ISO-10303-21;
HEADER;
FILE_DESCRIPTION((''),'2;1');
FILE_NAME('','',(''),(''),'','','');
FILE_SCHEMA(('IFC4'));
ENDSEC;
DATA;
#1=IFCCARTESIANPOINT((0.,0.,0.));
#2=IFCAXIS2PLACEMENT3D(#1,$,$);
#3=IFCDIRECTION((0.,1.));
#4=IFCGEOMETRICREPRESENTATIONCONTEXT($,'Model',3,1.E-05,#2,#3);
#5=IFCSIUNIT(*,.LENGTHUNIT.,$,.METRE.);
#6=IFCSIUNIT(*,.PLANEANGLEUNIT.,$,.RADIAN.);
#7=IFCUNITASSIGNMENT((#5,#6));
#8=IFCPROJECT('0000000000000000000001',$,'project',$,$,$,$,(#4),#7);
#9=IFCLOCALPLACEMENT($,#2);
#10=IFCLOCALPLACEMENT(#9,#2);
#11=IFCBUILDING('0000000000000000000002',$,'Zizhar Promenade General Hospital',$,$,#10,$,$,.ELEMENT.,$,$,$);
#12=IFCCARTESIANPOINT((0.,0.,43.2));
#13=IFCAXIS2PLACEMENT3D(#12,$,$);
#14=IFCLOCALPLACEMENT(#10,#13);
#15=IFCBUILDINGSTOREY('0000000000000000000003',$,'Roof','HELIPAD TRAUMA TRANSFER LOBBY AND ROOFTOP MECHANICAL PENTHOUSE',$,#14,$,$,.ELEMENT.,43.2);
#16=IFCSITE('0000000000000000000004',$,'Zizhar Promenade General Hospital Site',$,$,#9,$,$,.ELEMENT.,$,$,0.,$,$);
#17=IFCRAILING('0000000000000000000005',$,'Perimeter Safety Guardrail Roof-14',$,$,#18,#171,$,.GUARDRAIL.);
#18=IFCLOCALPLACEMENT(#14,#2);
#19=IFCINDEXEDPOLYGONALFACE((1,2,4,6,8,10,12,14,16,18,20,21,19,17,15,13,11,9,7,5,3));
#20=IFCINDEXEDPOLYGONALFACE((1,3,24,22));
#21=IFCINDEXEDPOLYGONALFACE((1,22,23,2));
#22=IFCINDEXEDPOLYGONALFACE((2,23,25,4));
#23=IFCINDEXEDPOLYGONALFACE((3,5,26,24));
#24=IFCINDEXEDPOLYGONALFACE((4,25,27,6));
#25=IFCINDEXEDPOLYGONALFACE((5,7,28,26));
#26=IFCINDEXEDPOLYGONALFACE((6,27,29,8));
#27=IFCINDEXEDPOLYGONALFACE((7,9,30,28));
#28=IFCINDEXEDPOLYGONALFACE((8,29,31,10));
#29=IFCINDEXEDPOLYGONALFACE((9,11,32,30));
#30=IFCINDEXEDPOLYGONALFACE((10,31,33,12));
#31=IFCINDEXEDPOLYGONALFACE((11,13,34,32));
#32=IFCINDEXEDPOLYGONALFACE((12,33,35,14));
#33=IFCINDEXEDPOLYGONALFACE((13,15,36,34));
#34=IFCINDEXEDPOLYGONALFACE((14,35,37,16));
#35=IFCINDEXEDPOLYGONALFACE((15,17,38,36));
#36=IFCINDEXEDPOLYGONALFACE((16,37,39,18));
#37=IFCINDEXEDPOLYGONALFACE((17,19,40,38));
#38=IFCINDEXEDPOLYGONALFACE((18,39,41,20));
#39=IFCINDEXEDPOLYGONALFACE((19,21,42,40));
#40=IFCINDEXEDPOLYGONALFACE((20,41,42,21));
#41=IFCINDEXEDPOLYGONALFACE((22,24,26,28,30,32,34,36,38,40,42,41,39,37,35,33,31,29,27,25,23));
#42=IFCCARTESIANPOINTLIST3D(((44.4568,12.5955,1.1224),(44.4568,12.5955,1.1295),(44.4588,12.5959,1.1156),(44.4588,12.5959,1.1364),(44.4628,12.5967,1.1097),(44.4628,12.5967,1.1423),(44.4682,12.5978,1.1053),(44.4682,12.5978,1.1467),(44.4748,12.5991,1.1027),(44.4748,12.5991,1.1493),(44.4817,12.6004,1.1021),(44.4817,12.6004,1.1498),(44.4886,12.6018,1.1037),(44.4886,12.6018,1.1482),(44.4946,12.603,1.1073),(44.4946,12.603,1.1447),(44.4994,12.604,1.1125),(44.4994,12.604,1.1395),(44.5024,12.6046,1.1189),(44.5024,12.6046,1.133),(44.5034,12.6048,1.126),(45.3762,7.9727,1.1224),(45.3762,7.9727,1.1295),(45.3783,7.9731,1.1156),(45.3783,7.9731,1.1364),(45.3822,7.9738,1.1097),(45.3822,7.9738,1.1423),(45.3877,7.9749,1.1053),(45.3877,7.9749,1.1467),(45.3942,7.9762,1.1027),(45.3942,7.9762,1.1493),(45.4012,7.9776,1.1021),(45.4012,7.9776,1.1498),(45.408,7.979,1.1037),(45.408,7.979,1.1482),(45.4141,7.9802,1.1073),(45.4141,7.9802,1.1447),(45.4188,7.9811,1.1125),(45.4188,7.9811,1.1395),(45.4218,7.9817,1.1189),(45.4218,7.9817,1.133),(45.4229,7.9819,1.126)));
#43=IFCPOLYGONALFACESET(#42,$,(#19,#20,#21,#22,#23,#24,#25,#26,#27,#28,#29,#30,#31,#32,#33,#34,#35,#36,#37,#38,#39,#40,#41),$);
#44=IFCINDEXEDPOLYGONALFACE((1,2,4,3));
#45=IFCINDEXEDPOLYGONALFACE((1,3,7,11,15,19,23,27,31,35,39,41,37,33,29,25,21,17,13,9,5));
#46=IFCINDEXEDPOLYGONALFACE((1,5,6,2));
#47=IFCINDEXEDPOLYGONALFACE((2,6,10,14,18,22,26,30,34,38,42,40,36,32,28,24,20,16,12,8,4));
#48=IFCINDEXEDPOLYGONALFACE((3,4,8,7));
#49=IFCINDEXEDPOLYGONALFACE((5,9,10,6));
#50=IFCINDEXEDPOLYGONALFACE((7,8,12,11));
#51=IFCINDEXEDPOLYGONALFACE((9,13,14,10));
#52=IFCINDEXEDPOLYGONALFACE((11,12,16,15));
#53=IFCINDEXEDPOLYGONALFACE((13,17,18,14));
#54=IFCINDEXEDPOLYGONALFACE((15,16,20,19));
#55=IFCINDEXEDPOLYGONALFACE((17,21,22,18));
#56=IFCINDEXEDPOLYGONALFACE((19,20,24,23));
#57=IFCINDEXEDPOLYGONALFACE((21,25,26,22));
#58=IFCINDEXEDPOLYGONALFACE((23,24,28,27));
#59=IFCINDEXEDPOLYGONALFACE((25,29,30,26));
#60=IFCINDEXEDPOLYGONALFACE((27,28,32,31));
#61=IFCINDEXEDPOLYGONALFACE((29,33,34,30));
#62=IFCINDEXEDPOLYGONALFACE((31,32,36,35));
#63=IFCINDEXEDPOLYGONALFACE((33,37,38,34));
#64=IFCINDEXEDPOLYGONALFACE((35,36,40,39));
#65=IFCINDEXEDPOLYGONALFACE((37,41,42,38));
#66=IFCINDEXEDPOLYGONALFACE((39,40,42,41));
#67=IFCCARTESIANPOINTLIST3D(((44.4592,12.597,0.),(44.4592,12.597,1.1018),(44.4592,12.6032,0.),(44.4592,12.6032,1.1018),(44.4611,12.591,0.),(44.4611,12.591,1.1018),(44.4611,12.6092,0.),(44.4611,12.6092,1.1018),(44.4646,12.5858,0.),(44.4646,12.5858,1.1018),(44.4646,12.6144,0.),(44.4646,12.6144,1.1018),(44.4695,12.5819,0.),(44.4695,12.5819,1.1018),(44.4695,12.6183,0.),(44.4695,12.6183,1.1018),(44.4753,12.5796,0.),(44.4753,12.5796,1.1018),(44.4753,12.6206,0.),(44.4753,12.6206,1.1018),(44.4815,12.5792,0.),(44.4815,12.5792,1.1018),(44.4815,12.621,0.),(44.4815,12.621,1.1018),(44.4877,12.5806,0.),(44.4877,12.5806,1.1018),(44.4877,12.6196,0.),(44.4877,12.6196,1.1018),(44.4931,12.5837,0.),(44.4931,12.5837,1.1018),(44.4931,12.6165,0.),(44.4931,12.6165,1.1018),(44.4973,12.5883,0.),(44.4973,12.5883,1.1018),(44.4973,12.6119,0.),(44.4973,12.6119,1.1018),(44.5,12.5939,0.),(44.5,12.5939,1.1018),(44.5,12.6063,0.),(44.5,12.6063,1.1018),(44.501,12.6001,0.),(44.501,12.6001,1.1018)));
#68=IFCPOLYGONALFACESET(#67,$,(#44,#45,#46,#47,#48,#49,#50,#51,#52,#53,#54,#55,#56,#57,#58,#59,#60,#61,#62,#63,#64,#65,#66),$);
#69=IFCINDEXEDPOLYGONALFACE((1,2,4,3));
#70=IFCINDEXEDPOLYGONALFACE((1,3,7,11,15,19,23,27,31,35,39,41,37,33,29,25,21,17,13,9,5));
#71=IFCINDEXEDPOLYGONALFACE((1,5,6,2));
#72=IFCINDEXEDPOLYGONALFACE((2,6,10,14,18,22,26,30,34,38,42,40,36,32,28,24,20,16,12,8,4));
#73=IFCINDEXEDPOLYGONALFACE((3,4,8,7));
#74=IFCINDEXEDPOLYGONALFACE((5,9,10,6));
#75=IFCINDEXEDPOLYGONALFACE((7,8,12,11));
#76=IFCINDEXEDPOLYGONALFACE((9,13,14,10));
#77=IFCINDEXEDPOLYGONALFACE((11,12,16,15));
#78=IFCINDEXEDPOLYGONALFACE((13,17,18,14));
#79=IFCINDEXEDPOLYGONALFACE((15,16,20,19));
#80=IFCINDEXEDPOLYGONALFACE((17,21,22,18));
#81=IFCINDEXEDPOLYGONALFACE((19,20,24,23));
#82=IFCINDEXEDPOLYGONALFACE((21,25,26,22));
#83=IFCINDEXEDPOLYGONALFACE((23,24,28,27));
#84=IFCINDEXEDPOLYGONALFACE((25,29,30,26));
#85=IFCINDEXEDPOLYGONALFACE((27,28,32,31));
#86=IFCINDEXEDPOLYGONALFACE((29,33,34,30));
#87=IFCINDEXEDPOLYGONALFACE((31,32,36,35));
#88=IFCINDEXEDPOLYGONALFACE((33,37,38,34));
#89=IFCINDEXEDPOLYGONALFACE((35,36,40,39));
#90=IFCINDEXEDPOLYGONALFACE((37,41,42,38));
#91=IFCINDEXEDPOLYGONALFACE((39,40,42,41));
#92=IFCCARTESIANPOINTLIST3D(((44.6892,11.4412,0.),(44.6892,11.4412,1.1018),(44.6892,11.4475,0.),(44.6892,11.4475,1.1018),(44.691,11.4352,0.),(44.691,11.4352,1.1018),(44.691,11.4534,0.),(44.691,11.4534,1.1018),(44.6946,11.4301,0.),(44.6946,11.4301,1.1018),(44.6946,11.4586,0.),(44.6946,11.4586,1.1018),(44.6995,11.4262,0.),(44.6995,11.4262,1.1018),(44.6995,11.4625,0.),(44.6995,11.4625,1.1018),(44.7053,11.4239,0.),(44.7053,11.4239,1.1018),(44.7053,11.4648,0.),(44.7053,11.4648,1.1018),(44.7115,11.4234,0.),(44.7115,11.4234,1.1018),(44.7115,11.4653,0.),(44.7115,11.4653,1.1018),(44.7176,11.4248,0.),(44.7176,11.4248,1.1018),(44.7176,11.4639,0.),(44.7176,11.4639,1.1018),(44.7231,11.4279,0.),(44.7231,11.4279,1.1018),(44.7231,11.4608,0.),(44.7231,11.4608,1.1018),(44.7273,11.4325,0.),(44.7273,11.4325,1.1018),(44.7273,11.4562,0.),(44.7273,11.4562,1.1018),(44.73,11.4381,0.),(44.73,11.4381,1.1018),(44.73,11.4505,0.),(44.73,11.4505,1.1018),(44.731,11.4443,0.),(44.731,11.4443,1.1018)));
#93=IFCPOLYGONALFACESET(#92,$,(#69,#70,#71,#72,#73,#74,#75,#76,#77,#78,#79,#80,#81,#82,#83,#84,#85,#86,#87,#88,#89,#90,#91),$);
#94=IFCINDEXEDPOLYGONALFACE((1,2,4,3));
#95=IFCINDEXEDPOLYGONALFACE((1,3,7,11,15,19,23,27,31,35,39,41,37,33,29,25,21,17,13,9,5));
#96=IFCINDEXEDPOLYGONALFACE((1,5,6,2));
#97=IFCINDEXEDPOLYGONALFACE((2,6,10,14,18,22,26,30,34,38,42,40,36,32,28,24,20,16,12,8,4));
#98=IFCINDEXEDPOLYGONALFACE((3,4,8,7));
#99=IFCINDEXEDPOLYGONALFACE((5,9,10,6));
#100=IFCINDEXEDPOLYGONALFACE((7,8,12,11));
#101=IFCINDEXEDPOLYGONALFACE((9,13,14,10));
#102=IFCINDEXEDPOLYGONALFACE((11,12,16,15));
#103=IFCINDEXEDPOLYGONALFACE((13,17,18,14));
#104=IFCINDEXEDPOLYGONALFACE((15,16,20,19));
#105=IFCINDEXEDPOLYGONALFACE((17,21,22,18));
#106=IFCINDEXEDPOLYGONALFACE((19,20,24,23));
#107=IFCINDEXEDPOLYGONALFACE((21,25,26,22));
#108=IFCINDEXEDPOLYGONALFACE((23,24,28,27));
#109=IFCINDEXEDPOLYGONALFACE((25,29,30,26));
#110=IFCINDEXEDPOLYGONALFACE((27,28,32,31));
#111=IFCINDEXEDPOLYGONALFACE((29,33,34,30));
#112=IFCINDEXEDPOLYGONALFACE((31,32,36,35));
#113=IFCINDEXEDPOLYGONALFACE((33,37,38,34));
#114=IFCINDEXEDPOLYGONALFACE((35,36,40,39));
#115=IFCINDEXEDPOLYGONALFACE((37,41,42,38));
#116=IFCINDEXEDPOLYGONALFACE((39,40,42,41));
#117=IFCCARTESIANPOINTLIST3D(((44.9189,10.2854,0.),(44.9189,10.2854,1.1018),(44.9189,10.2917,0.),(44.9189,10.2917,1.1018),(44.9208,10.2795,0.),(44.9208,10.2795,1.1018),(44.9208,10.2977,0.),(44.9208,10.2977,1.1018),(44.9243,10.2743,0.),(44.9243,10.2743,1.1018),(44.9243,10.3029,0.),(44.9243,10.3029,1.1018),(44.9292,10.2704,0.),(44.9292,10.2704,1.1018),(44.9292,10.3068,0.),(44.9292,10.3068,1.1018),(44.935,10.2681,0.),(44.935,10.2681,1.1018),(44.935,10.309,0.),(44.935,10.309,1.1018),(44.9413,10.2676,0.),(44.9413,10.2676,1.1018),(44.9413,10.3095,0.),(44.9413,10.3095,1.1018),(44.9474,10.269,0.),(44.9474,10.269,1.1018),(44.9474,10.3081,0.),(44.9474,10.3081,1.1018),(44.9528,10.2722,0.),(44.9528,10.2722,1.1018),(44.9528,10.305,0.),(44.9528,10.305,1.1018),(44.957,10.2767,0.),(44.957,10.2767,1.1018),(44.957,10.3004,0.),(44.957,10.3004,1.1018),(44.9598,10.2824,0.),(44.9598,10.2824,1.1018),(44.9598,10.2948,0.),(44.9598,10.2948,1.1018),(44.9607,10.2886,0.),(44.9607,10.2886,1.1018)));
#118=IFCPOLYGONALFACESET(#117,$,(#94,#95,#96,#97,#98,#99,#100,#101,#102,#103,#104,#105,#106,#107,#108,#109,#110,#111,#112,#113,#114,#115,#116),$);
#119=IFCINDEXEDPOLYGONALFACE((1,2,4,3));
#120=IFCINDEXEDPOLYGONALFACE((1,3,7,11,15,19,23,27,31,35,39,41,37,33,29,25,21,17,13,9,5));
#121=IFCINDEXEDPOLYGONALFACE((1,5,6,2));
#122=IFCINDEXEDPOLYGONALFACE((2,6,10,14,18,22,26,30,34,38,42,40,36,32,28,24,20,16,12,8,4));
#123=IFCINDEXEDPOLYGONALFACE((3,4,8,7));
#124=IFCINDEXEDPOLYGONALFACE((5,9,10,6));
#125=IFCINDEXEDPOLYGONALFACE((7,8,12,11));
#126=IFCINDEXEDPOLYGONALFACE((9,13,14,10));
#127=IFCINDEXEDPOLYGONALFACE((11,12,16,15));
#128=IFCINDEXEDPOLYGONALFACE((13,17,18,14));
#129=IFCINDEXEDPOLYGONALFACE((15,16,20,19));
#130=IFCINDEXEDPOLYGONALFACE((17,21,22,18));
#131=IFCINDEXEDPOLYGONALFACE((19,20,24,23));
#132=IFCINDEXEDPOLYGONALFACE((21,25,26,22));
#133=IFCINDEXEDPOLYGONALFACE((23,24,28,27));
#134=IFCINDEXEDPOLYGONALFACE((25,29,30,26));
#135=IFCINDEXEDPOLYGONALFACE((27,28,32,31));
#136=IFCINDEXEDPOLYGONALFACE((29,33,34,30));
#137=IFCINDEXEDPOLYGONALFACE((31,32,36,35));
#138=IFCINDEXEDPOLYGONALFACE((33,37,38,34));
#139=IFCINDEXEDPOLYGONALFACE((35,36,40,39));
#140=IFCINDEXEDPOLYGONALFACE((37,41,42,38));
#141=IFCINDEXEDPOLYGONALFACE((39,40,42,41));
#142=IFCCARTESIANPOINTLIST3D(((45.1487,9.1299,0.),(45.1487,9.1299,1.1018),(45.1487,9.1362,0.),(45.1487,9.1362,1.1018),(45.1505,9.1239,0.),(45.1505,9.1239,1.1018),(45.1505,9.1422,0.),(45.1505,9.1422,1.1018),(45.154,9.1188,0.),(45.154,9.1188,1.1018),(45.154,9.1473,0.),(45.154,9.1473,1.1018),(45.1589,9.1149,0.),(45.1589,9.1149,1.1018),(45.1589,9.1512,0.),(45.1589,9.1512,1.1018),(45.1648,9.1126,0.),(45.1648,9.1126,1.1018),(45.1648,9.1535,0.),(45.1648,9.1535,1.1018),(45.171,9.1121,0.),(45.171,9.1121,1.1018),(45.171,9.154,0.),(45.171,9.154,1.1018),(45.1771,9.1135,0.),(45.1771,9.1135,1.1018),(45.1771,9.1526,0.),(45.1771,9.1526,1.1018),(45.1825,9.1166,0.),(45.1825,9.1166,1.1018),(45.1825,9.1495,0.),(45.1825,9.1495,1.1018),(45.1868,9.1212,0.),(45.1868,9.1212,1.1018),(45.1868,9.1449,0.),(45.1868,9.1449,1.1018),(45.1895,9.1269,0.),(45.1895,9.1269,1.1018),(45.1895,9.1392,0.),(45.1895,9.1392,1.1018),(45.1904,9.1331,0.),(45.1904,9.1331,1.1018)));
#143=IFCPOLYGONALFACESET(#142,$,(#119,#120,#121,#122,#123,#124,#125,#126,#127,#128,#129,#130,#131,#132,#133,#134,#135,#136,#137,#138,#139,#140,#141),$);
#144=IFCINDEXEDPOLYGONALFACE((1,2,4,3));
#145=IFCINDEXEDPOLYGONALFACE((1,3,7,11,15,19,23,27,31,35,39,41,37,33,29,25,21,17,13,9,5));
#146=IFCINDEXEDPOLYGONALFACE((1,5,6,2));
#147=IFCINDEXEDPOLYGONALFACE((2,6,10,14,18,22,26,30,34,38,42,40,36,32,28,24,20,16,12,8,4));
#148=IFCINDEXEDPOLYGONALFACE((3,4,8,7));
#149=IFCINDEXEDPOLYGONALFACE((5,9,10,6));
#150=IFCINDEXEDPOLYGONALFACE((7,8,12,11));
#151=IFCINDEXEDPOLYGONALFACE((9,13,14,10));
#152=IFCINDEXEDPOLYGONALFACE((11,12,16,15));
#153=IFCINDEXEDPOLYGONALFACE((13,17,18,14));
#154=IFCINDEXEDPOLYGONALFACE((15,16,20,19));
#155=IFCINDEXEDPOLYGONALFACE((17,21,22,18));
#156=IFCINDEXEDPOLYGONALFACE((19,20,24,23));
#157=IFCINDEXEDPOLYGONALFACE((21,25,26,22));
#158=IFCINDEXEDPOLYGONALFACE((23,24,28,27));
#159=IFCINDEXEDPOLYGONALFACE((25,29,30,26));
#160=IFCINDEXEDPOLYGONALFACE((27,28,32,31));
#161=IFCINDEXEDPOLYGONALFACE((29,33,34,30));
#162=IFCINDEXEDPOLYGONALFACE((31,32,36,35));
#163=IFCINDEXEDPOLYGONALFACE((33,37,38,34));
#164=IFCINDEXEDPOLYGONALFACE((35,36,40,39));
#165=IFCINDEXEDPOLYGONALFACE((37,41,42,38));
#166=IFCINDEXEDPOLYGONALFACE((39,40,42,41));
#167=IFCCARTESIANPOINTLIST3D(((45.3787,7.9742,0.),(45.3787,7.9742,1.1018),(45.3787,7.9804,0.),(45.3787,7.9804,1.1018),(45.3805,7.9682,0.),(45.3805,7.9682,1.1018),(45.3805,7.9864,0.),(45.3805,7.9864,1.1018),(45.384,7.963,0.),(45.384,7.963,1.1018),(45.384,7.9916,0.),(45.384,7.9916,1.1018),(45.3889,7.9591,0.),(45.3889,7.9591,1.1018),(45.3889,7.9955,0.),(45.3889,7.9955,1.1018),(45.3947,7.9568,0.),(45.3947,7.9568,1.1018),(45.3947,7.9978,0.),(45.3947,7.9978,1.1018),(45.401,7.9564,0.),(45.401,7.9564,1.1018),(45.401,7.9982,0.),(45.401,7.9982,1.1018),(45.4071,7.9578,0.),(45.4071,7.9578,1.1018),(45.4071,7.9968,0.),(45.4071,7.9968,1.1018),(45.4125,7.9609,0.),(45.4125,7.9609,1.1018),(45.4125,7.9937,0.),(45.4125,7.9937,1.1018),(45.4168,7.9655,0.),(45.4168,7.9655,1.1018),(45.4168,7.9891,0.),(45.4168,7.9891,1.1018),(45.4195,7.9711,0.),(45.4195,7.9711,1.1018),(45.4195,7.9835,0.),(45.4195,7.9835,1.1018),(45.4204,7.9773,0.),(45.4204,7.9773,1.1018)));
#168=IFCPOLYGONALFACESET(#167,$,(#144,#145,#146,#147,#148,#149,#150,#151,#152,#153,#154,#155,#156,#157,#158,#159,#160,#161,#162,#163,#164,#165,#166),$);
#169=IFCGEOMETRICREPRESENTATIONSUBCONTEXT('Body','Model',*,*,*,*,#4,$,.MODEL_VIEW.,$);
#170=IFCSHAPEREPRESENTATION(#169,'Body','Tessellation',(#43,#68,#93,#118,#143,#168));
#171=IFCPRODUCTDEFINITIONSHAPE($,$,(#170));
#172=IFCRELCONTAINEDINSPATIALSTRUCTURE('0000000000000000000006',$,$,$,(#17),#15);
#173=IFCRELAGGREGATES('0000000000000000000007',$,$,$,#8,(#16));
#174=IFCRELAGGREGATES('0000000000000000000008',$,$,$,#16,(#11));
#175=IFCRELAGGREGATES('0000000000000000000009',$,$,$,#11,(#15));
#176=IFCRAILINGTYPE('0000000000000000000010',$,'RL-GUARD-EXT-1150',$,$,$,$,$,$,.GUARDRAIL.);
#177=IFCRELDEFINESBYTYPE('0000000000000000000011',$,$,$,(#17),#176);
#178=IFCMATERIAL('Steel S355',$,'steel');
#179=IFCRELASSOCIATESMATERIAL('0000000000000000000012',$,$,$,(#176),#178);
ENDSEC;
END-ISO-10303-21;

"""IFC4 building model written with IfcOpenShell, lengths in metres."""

from ifc_helpers import new_model, si_unit, direction, frame, origin, origin_2d, place, context, subcontext, project, spatial, hollow_rectangle, circle, extrude, material, material_profile, profile_set, type_object, element, save


model = new_model("IFC4")

# Units and contexts
model_context = context("Model", 3, precision=1e-05, world=origin(), true_north=direction((0.0, 1.0)))
body_context = subcontext(model_context, "Body", "Model", "MODEL_VIEW")
ifc_project = project(units=[si_unit("LENGTHUNIT", "METRE"), si_unit("PLANEANGLEUNIT", "RADIAN")], contexts=[model_context])

# Site, building, storey
site_placement = place(None, origin())
site = spatial("IfcSite", under=ifc_project, at=site_placement, Name="Zizhar Promenade General Hospital Site", CompositionType="ELEMENT", RefElevation=0.0)
building_placement = place(site_placement, origin())
building = spatial("IfcBuilding", under=site, at=building_placement, Name="Zizhar Promenade General Hospital", CompositionType="ELEMENT")
storey_placement = place(building_placement, frame((0.0, 0.0, 43.2)))
storey = spatial("IfcBuildingStorey", under=building, at=storey_placement, Name="Roof", Description="HELIPAD TRAUMA TRANSFER LOBBY AND ROOFTOP MECHANICAL PENTHOUSE", CompositionType="ELEMENT", Elevation=43.2)

# Railing
ifc_material_1 = material(Name="Steel S355", Category="steel")
ifc_material_profile_1 = material_profile(ifc_material_1, hollow_rectangle(XDim=0.0601, YDim=0.1201, WallThickness=0.0039, at=origin_2d()))
ifc_profile_set_1 = profile_set([ifc_material_profile_1], Name="Steel S355")
railing_type = type_object("IfcRailingType", Name="RL-GUARD-EXT-1150", PredefinedType="GUARDRAIL", material=ifc_profile_set_1)
railing_1_placement = place(storey_placement, frame((44.48, 12.6001, 0.0)))
element("IfcRailing", 1, at=railing_1_placement, inside=storey, type_object=railing_type, Name="Perimeter Safety Guardrail Roof-14", PredefinedType="GUARDRAIL", context=body_context, shape_type="SweptSolid", body=[
    extrude(circle(Radius=0.0239, at=origin_2d()), frame((0.0, 0.0, 1.126), z_axis=(0.19507, -0.980789, 0.0), x_axis=(0.980789, 0.19507, 0.0)), (0.0, 0.0, 1.0), 4.7134),
    extrude(circle(Radius=0.021, at=origin_2d()), origin(), (0.0, 0.0, 1.0), 1.1018),
    extrude(circle(Radius=0.021, at=origin_2d()), frame((0.23, -1.1558, 0.0)), (0.0, 0.0, 1.0), 1.1018),
    extrude(circle(Radius=0.021, at=origin_2d()), frame((0.4597, -2.3115, 0.0)), (0.0, 0.0, 1.0), 1.1018),
    extrude(circle(Radius=0.021, at=origin_2d()), frame((0.6895, -3.467, 0.0)), (0.0, 0.0, 1.0), 1.1018),
    extrude(circle(Radius=0.021, at=origin_2d()), frame((0.9194, -4.6228, 0.0)), (0.0, 0.0, 1.0), 1.1018),
])

save(model, "model.ifc")
